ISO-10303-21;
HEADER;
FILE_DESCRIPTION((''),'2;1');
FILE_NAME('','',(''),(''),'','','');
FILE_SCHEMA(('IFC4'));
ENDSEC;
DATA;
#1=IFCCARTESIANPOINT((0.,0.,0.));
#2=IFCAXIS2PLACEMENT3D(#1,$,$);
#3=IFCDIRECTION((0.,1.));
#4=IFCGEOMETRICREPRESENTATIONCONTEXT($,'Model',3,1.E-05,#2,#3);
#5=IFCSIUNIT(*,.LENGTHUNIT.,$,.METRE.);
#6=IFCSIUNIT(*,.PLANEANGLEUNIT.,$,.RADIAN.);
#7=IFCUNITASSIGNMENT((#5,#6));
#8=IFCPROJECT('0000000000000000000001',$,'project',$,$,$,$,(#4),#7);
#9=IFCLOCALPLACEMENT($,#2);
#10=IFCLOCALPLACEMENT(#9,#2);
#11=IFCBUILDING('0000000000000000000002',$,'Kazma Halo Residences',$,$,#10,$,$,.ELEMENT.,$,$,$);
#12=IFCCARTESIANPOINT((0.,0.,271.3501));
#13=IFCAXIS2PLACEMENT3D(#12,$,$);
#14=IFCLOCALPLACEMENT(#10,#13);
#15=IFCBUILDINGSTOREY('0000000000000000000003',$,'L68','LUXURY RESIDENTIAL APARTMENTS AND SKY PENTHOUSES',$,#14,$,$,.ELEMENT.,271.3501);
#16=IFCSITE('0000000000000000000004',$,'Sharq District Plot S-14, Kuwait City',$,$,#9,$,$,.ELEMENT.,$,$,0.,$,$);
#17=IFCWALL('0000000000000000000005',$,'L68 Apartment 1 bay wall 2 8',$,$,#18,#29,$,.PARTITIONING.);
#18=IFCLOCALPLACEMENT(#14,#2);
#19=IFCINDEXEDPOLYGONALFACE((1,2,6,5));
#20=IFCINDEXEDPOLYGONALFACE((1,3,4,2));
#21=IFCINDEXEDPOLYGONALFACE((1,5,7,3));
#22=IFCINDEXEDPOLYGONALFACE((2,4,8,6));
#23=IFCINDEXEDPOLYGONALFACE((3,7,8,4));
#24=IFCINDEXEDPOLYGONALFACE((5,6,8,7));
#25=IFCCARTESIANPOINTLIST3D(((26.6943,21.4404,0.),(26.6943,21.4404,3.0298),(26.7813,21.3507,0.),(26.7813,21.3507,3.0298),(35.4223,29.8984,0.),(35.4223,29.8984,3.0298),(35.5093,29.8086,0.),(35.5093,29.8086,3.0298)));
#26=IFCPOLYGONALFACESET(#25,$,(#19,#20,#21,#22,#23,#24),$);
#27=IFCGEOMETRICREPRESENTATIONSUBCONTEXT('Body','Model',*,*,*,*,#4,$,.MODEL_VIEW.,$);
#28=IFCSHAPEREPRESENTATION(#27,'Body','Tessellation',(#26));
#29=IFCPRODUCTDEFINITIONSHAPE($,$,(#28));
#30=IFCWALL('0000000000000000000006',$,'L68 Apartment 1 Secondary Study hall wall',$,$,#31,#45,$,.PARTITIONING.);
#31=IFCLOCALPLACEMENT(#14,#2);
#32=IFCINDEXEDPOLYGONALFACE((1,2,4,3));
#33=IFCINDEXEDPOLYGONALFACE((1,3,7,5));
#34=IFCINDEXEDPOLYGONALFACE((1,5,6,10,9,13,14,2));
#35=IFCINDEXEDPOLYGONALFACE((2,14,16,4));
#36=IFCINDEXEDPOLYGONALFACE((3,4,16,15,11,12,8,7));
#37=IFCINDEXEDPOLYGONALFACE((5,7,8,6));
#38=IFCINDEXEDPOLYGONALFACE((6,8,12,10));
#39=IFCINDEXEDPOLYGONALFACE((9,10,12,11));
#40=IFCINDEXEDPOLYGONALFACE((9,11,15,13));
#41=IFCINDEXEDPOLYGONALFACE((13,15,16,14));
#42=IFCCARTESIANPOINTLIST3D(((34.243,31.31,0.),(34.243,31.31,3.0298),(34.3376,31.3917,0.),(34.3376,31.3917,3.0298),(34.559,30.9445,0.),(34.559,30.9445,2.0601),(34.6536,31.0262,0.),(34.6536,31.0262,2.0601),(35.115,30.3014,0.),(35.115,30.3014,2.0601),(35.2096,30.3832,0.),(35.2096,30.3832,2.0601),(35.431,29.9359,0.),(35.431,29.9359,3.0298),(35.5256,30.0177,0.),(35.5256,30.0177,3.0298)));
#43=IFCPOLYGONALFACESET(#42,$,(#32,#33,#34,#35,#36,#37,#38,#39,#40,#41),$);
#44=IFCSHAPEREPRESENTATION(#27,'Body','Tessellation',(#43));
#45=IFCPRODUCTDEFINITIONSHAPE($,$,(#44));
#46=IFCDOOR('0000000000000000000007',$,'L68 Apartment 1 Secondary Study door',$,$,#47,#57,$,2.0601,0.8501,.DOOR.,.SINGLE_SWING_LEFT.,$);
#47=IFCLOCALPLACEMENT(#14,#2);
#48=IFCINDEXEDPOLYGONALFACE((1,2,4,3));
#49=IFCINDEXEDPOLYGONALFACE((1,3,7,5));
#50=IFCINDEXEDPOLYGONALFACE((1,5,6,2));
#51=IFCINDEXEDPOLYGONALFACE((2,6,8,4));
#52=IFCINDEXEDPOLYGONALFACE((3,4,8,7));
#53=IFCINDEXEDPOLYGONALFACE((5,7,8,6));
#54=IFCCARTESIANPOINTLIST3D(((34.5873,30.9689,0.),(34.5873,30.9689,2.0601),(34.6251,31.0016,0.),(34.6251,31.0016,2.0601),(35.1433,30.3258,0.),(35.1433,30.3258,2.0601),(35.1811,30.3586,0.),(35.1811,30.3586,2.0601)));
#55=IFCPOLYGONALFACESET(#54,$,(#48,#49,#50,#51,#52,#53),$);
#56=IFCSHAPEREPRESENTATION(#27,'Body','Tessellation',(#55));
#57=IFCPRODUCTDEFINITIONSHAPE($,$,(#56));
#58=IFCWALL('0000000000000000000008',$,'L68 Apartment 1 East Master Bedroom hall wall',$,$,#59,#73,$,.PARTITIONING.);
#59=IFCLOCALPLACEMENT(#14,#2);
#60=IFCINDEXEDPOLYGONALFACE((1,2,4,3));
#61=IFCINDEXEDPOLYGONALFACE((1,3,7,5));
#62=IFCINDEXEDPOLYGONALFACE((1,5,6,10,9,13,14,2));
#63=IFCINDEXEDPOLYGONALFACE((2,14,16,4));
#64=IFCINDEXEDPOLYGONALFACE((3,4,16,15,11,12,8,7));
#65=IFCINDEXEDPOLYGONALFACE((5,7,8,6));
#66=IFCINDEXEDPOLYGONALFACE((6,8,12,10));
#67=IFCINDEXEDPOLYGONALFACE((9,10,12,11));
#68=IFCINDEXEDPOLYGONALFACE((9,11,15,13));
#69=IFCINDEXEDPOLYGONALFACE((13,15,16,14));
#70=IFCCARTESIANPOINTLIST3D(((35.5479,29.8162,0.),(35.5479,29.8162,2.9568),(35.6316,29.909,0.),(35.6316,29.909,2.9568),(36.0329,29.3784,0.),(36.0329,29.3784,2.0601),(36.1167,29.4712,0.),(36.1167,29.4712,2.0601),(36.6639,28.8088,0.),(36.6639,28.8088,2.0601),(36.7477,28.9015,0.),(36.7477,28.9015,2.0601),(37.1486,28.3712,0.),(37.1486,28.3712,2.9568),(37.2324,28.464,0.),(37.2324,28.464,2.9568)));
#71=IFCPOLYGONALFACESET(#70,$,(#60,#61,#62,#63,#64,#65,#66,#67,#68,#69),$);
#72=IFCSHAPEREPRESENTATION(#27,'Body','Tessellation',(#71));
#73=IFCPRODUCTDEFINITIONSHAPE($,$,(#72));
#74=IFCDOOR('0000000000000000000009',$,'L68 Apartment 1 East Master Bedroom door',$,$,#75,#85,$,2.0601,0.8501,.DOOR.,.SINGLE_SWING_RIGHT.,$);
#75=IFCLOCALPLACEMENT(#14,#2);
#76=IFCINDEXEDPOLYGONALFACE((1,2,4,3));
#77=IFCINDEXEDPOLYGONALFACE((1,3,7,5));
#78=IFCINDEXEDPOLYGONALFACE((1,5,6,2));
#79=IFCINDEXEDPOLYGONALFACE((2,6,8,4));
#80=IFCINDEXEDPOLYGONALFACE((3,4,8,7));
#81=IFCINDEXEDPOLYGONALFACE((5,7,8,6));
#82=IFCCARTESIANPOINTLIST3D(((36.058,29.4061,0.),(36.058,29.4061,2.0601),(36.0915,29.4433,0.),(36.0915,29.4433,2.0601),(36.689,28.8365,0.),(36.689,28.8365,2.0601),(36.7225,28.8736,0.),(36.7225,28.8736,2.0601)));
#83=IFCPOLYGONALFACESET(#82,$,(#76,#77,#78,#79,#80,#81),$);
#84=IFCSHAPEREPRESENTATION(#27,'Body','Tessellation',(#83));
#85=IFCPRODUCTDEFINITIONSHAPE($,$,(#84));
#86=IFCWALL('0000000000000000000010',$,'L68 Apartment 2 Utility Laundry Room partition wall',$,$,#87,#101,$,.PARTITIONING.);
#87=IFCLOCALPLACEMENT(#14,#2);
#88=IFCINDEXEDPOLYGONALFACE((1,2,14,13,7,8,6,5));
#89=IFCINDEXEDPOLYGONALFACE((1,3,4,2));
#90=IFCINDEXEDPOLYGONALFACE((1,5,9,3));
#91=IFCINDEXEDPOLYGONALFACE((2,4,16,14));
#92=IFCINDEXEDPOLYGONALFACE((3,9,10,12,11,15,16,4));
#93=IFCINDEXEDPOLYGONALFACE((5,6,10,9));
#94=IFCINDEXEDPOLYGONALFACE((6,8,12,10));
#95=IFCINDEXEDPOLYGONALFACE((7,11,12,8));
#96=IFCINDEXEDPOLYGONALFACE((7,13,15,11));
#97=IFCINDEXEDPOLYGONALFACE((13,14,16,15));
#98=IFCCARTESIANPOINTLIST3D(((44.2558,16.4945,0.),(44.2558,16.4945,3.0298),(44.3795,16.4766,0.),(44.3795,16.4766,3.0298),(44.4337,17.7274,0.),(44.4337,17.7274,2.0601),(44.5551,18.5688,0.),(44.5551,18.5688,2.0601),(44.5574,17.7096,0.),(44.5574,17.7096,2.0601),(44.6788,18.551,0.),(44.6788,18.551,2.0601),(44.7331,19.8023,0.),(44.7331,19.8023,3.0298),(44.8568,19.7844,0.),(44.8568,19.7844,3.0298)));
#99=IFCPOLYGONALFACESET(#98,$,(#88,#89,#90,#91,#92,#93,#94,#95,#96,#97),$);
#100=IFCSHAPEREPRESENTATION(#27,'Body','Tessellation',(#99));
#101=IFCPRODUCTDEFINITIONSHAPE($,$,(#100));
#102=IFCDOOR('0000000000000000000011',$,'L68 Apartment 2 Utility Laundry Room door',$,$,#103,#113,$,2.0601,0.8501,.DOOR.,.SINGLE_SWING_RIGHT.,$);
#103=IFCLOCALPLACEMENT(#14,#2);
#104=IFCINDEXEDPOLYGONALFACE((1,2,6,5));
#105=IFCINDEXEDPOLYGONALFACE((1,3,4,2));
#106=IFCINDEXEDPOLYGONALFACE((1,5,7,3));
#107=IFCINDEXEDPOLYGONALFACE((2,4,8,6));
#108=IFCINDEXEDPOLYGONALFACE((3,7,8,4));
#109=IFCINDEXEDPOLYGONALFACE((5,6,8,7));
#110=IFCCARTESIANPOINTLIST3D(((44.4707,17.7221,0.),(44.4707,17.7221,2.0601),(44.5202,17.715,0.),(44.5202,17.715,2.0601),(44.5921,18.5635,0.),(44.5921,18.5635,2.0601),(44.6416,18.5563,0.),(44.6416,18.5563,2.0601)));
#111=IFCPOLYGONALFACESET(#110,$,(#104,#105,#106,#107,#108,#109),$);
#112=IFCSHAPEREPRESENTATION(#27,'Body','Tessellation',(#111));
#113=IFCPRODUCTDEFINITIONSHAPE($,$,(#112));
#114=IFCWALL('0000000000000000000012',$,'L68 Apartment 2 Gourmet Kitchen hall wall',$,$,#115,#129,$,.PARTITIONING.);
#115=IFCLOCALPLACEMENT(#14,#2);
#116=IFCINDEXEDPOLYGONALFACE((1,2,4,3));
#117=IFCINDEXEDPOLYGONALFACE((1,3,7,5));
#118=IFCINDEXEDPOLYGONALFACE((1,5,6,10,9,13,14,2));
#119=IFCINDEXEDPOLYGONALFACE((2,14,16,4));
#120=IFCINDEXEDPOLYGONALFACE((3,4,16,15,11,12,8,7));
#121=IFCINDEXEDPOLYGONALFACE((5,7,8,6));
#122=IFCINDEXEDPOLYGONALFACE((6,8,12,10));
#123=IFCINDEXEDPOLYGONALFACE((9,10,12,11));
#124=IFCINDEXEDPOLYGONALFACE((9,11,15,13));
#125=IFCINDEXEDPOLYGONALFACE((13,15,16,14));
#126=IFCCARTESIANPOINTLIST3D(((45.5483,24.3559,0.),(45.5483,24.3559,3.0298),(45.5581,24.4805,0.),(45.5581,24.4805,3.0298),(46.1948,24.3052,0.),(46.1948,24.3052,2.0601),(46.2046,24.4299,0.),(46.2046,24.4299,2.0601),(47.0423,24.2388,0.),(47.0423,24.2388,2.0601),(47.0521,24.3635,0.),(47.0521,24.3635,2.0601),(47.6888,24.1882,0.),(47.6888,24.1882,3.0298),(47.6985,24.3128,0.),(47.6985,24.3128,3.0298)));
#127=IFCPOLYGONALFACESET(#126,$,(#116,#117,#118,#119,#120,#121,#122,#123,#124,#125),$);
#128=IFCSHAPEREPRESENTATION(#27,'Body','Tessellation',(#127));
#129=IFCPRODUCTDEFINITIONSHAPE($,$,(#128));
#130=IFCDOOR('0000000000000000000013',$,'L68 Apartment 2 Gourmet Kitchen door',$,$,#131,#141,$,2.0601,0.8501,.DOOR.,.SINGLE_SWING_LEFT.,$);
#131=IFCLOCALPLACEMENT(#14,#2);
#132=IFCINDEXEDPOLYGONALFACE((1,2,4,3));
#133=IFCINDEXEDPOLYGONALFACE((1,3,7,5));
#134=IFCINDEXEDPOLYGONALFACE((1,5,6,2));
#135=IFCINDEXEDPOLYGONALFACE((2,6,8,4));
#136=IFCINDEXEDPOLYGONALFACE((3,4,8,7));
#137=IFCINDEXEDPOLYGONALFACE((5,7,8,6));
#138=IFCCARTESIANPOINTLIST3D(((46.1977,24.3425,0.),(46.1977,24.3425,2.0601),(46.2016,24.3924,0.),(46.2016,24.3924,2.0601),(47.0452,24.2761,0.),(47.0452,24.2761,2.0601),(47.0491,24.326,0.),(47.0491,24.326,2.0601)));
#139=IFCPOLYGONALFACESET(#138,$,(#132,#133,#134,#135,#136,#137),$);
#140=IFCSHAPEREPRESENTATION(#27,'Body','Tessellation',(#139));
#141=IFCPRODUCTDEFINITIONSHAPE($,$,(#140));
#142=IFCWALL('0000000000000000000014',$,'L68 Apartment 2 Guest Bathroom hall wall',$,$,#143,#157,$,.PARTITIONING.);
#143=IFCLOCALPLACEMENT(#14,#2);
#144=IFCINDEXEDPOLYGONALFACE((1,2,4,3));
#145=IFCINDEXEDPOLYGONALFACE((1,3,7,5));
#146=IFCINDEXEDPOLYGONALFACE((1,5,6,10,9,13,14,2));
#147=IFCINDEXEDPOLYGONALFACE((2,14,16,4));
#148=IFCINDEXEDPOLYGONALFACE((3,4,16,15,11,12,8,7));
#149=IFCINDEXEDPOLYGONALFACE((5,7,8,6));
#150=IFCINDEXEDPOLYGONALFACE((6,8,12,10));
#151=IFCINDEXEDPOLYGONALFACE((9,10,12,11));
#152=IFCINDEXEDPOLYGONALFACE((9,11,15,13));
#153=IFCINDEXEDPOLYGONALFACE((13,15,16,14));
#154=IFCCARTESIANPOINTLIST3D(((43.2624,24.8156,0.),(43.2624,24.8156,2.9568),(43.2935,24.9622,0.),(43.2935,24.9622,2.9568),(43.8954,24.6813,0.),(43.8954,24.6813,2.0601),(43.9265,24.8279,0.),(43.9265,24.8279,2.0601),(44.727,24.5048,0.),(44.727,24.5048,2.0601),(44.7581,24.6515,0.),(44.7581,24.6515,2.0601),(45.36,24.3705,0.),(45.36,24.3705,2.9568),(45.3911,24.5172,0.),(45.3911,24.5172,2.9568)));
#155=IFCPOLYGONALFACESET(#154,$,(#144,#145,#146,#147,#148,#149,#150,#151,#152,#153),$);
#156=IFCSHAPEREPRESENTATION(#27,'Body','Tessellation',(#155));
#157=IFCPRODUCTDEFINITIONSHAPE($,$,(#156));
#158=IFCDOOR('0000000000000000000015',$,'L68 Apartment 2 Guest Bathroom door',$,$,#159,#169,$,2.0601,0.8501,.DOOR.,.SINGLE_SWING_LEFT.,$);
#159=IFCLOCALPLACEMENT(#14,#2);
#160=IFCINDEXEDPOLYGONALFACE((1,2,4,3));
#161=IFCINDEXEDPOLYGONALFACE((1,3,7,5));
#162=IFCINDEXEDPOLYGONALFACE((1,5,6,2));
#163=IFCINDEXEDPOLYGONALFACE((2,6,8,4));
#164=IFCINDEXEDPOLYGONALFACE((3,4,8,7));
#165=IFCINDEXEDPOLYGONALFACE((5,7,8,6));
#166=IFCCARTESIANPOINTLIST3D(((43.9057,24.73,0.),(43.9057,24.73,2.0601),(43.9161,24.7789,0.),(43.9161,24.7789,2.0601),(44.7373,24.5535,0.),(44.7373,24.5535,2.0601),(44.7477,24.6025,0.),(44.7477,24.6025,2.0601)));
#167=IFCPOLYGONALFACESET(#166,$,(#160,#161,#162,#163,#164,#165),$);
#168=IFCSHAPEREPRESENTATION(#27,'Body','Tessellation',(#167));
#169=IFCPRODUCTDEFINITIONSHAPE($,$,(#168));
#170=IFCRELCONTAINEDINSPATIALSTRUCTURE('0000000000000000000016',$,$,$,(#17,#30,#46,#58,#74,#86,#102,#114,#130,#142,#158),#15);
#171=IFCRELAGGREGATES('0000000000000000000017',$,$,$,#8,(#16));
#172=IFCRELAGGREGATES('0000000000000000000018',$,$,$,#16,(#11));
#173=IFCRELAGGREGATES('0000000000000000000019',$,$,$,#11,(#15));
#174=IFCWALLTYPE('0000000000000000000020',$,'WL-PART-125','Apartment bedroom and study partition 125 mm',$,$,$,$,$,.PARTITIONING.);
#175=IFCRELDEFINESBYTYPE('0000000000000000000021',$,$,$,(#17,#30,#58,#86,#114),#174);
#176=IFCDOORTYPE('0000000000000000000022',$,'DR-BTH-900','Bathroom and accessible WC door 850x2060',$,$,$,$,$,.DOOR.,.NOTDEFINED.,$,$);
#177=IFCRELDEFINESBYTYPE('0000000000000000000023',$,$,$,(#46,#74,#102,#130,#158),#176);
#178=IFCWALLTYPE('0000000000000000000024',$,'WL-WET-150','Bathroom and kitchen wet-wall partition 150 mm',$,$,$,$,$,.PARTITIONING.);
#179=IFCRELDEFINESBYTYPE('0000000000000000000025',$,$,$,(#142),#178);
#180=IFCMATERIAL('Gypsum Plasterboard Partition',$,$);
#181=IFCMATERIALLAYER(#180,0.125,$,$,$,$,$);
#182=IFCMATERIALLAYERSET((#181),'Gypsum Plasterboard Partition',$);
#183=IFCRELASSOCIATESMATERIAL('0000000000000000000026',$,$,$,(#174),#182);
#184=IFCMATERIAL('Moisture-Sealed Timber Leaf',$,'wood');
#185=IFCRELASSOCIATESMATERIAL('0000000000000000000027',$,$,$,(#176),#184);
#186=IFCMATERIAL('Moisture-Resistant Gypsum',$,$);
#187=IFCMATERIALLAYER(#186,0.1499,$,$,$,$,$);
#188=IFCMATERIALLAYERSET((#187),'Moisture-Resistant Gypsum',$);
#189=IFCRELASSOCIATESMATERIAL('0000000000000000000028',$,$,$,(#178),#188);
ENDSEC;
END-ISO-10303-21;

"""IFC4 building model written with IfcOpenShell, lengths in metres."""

from ifc_helpers import new_model, si_unit, direction, frame, frame_2d, origin, place, context, subcontext, project, spatial, rectangle, extrude, material, layer, layer_set, type_object, element, fill, save


model = new_model("IFC4")

# Units and contexts
model_context = context("Model", 3, precision=1e-05, world=origin(), true_north=direction((0.0, 1.0)))
body_context = subcontext(model_context, "Body", "Model", "MODEL_VIEW")
ifc_project = project(units=[si_unit("LENGTHUNIT", "METRE"), si_unit("PLANEANGLEUNIT", "RADIAN")], contexts=[model_context])

# Site, building, storey
site_placement = place(None, origin())
site = spatial("IfcSite", under=ifc_project, at=site_placement, Name="Sharq District Plot S-14, Kuwait City", CompositionType="ELEMENT", RefElevation=0.0)
building_placement = place(site_placement, origin())
building = spatial("IfcBuilding", under=site, at=building_placement, Name="Kazma Halo Residences", CompositionType="ELEMENT")
storey_placement = place(building_placement, frame((0.0, 0.0, 271.3501)))
storey = spatial("IfcBuildingStorey", under=building, at=storey_placement, Name="L68", Description="LUXURY RESIDENTIAL APARTMENTS AND SKY PENTHOUSES", CompositionType="ELEMENT", Elevation=271.3501)

# Wall
ifc_material_1 = material(Name="Gypsum Plasterboard Partition")
ifc_layer_1 = layer(ifc_material_1, 0.125)
ifc_layer_set_1 = layer_set([ifc_layer_1], Name="Gypsum Plasterboard Partition")
wall_type_1 = type_object("IfcWallType", Name="WL-PART-125", Description="Apartment bedroom and study partition 125 mm", PredefinedType="PARTITIONING", material=ifc_layer_set_1)
wall_1_placement = place(storey_placement, frame((35.4658, 29.8535, 0.0), z_axis=(0.0, 0.0, 1.0), x_axis=(-0.718128, -0.695911, 0.0)))
element("IfcWall", 1, at=wall_1_placement, inside=storey, type_object=wall_type_1, Name="L68 Apartment 1 bay wall 2 8", PredefinedType="PARTITIONING", context=body_context, shape_type="SweptSolid", body=[
    extrude(rectangle(XDim=12.1538, YDim=0.125, at=frame_2d((6.0769, 0.0))), origin(), (0.0, 0.0, 1.0), 3.0298),
])

# Walls, openings, doors
wall_2_placement = place(storey_placement, frame((34.2903, 31.3508, 0.0), z_axis=(0.0, 0.0, 1.0), x_axis=(0.65404, -0.75646, 0.0)))
wall_2 = element("IfcWall", 2, at=wall_2_placement, inside=storey, type_object=wall_type_1, Name="L68 Apartment 1 Secondary Study hall wall", PredefinedType="PARTITIONING", context=body_context, shape_type="SweptSolid", body=[
    extrude(rectangle(XDim=1.8164, YDim=0.125, at=frame_2d((0.9082, 0.0))), origin(), (0.0, 0.0, 1.0), 3.0298),
])
opening_1_placement = place(wall_2_placement, frame((0.4832, 0.0, 0.0)))
opening_1 = element("IfcOpeningElement", 3, at=opening_1_placement, cuts=wall_2, PredefinedType="OPENING", context=body_context, shape_type="SweptSolid", body=[
    extrude(rectangle(XDim=0.8501, YDim=2.0601, at=frame_2d((0.425, 1.03))), frame((0.0, 0.0725, 0.0), z_axis=(0.0, -1.0, 0.0), x_axis=(1.0, 0.0, 0.0)), (0.0, 0.0, 1.0), 0.145),
])
ifc_material_2 = material(Name="Moisture-Sealed Timber Leaf", Category="wood")
door_type = type_object("IfcDoorType", Name="DR-BTH-900", Description="Bathroom and accessible WC door 850x2060", OperationType="NOTDEFINED", PredefinedType="DOOR", material=ifc_material_2)
door_1_placement = place(opening_1_placement, origin())
door_1 = element("IfcDoor", 4, at=door_1_placement, inside=storey, type_object=door_type, Name="L68 Apartment 1 Secondary Study door", OperationType="SINGLE_SWING_LEFT", OverallHeight=2.0601, OverallWidth=0.8501, PredefinedType="DOOR", context=body_context, shape_type="SweptSolid", body=[
    extrude(rectangle(XDim=0.8501, YDim=2.0601, at=frame_2d((0.425, 1.03))), frame((0.0, 0.0249, 0.0), z_axis=(0.0, -1.0, 0.0), x_axis=(1.0, 0.0, 0.0)), (0.0, 0.0, 1.0), 0.05),
])
fill(opening_1, door_1)
wall_3_placement = place(storey_placement, frame((35.5898, 29.8625, 0.0), z_axis=(0.0, 0.0, 1.0), x_axis=(0.742297, -0.670071, 0.0)))
wall_3 = element("IfcWall", 5, at=wall_3_placement, inside=storey, type_object=wall_type_1, Name="L68 Apartment 1 East Master Bedroom hall wall", PredefinedType="PARTITIONING", context=body_context, shape_type="SweptSolid", body=[
    extrude(rectangle(XDim=2.1565, YDim=0.125, at=frame_2d((1.0781, 0.0))), origin(), (0.0, 0.0, 1.0), 2.9568),
])
opening_2_placement = place(wall_3_placement, frame((0.6533, 0.0, 0.0)))
opening_2 = element("IfcOpeningElement", 6, at=opening_2_placement, cuts=wall_3, PredefinedType="OPENING", context=body_context, shape_type="SweptSolid", body=[
    extrude(rectangle(XDim=0.8501, YDim=2.0601, at=frame_2d((0.425, 1.03))), frame((0.0, 0.0725, 0.0), z_axis=(0.0, -1.0, 0.0), x_axis=(1.0, 0.0, 0.0)), (0.0, 0.0, 1.0), 0.145),
])
door_2_placement = place(opening_2_placement, origin())
door_2 = element("IfcDoor", 7, at=door_2_placement, inside=storey, type_object=door_type, Name="L68 Apartment 1 East Master Bedroom door", OperationType="SINGLE_SWING_RIGHT", OverallHeight=2.0601, OverallWidth=0.8501, PredefinedType="DOOR", context=body_context, shape_type="SweptSolid", body=[
    extrude(rectangle(XDim=0.8501, YDim=2.0601, at=frame_2d((0.425, 1.03))), frame((0.0, 0.0249, 0.0), z_axis=(0.0, -1.0, 0.0), x_axis=(1.0, 0.0, 0.0)), (0.0, 0.0, 1.0), 0.05),
])
fill(opening_2, door_2)
wall_4_placement = place(storey_placement, frame((44.7949, 19.7932, 0.0), z_axis=(0.0, 0.0, 1.0), x_axis=(-0.142812, -0.98975, 0.0)))
wall_4 = element("IfcWall", 8, at=wall_4_placement, inside=storey, type_object=wall_type_1, Name="L68 Apartment 2 Utility Laundry Room partition wall", PredefinedType="PARTITIONING", context=body_context, shape_type="SweptSolid", body=[
    extrude(rectangle(XDim=3.342, YDim=0.125, at=frame_2d((1.6709, 0.0))), origin(), (0.0, 0.0, 1.0), 3.0298),
])
opening_3_placement = place(wall_4_placement, frame((1.2461, 0.0, 0.0)))
opening_3 = element("IfcOpeningElement", 9, at=opening_3_placement, cuts=wall_4, PredefinedType="OPENING", context=body_context, shape_type="SweptSolid", body=[
    extrude(rectangle(XDim=0.8501, YDim=2.0601, at=frame_2d((0.425, 1.03))), frame((0.0, 0.0725, 0.0), z_axis=(0.0, -1.0, 0.0), x_axis=(1.0, 0.0, 0.0)), (0.0, 0.0, 1.0), 0.145),
])
door_3_placement = place(opening_3_placement, origin())
door_3 = element("IfcDoor", 10, at=door_3_placement, inside=storey, type_object=door_type, Name="L68 Apartment 2 Utility Laundry Room door", OperationType="SINGLE_SWING_RIGHT", OverallHeight=2.0601, OverallWidth=0.8501, PredefinedType="DOOR", context=body_context, shape_type="SweptSolid", body=[
    extrude(rectangle(XDim=0.8501, YDim=2.0601, at=frame_2d((0.425, 1.03))), frame((0.0, 0.0249, 0.0), z_axis=(0.0, -1.0, 0.0), x_axis=(1.0, 0.0, 0.0)), (0.0, 0.0, 1.0), 0.05),
])
fill(opening_3, door_3)
wall_5_placement = place(storey_placement, frame((45.5532, 24.4182, 0.0), z_axis=(0.0, 0.0, 1.0), x_axis=(0.996944, -0.078123, 0.0)))
wall_5 = element("IfcWall", 11, at=wall_5_placement, inside=storey, type_object=wall_type_1, Name="L68 Apartment 2 Gourmet Kitchen hall wall", PredefinedType="PARTITIONING", context=body_context, shape_type="SweptSolid", body=[
    extrude(rectangle(XDim=2.147, YDim=0.125, at=frame_2d((1.0735, 0.0))), origin(), (0.0, 0.0, 1.0), 3.0298),
])
opening_4_placement = place(wall_5_placement, frame((0.6484, 0.0, 0.0)))
opening_4 = element("IfcOpeningElement", 12, at=opening_4_placement, cuts=wall_5, PredefinedType="OPENING", context=body_context, shape_type="SweptSolid", body=[
    extrude(rectangle(XDim=0.8501, YDim=2.0601, at=frame_2d((0.425, 1.03))), frame((0.0, 0.0725, 0.0), z_axis=(0.0, -1.0, 0.0), x_axis=(1.0, 0.0, 0.0)), (0.0, 0.0, 1.0), 0.145),
])
door_4_placement = place(opening_4_placement, origin())
door_4 = element("IfcDoor", 13, at=door_4_placement, inside=storey, type_object=door_type, Name="L68 Apartment 2 Gourmet Kitchen door", OperationType="SINGLE_SWING_LEFT", OverallHeight=2.0601, OverallWidth=0.8501, PredefinedType="DOOR", context=body_context, shape_type="SweptSolid", body=[
    extrude(rectangle(XDim=0.8501, YDim=2.0601, at=frame_2d((0.425, 1.03))), frame((0.0, 0.0249, 0.0), z_axis=(0.0, -1.0, 0.0), x_axis=(1.0, 0.0, 0.0)), (0.0, 0.0, 1.0), 0.05),
])
fill(opening_4, door_4)
ifc_material_3 = material(Name="Moisture-Resistant Gypsum")
ifc_layer_2 = layer(ifc_material_3, 0.1499)
ifc_layer_set_2 = layer_set([ifc_layer_2], Name="Moisture-Resistant Gypsum")
wall_type_2 = type_object("IfcWallType", Name="WL-WET-150", Description="Bathroom and kitchen wet-wall partition 150 mm", PredefinedType="PARTITIONING", material=ifc_layer_set_2)
wall_6_placement = place(storey_placement, frame((43.2778, 24.8889, 0.0), z_axis=(0.0, 0.0, 1.0), x_axis=(0.978224, -0.207554, 0.0)))
wall_6 = element("IfcWall", 14, at=wall_6_placement, inside=storey, type_object=wall_type_2, Name="L68 Apartment 2 Guest Bathroom hall wall", PredefinedType="PARTITIONING", context=body_context, shape_type="SweptSolid", body=[
    extrude(rectangle(XDim=2.1443, YDim=0.1499, at=frame_2d((1.0723, 0.0))), origin(), (0.0, 0.0, 1.0), 2.9568),
])
opening_5_placement = place(wall_6_placement, frame((0.6472, 0.0, 0.0)))
opening_5 = element("IfcOpeningElement", 15, at=opening_5_placement, cuts=wall_6, PredefinedType="OPENING", context=body_context, shape_type="SweptSolid", body=[
    extrude(rectangle(XDim=0.8501, YDim=2.0601, at=frame_2d((0.425, 1.03))), frame((0.0, 0.085, 0.0), z_axis=(0.0, -1.0, 0.0), x_axis=(1.0, 0.0, 0.0)), (0.0, 0.0, 1.0), 0.1699),
])
door_5_placement = place(opening_5_placement, origin())
door_5 = element("IfcDoor", 16, at=door_5_placement, inside=storey, type_object=door_type, Name="L68 Apartment 2 Guest Bathroom door", OperationType="SINGLE_SWING_LEFT", OverallHeight=2.0601, OverallWidth=0.8501, PredefinedType="DOOR", context=body_context, shape_type="SweptSolid", body=[
    extrude(rectangle(XDim=0.8501, YDim=2.0601, at=frame_2d((0.425, 1.03))), frame((0.0, 0.0249, 0.0), z_axis=(0.0, -1.0, 0.0), x_axis=(1.0, 0.0, 0.0)), (0.0, 0.0, 1.0), 0.05),
])
fill(opening_5, door_5)

save(model, "model.ifc")
